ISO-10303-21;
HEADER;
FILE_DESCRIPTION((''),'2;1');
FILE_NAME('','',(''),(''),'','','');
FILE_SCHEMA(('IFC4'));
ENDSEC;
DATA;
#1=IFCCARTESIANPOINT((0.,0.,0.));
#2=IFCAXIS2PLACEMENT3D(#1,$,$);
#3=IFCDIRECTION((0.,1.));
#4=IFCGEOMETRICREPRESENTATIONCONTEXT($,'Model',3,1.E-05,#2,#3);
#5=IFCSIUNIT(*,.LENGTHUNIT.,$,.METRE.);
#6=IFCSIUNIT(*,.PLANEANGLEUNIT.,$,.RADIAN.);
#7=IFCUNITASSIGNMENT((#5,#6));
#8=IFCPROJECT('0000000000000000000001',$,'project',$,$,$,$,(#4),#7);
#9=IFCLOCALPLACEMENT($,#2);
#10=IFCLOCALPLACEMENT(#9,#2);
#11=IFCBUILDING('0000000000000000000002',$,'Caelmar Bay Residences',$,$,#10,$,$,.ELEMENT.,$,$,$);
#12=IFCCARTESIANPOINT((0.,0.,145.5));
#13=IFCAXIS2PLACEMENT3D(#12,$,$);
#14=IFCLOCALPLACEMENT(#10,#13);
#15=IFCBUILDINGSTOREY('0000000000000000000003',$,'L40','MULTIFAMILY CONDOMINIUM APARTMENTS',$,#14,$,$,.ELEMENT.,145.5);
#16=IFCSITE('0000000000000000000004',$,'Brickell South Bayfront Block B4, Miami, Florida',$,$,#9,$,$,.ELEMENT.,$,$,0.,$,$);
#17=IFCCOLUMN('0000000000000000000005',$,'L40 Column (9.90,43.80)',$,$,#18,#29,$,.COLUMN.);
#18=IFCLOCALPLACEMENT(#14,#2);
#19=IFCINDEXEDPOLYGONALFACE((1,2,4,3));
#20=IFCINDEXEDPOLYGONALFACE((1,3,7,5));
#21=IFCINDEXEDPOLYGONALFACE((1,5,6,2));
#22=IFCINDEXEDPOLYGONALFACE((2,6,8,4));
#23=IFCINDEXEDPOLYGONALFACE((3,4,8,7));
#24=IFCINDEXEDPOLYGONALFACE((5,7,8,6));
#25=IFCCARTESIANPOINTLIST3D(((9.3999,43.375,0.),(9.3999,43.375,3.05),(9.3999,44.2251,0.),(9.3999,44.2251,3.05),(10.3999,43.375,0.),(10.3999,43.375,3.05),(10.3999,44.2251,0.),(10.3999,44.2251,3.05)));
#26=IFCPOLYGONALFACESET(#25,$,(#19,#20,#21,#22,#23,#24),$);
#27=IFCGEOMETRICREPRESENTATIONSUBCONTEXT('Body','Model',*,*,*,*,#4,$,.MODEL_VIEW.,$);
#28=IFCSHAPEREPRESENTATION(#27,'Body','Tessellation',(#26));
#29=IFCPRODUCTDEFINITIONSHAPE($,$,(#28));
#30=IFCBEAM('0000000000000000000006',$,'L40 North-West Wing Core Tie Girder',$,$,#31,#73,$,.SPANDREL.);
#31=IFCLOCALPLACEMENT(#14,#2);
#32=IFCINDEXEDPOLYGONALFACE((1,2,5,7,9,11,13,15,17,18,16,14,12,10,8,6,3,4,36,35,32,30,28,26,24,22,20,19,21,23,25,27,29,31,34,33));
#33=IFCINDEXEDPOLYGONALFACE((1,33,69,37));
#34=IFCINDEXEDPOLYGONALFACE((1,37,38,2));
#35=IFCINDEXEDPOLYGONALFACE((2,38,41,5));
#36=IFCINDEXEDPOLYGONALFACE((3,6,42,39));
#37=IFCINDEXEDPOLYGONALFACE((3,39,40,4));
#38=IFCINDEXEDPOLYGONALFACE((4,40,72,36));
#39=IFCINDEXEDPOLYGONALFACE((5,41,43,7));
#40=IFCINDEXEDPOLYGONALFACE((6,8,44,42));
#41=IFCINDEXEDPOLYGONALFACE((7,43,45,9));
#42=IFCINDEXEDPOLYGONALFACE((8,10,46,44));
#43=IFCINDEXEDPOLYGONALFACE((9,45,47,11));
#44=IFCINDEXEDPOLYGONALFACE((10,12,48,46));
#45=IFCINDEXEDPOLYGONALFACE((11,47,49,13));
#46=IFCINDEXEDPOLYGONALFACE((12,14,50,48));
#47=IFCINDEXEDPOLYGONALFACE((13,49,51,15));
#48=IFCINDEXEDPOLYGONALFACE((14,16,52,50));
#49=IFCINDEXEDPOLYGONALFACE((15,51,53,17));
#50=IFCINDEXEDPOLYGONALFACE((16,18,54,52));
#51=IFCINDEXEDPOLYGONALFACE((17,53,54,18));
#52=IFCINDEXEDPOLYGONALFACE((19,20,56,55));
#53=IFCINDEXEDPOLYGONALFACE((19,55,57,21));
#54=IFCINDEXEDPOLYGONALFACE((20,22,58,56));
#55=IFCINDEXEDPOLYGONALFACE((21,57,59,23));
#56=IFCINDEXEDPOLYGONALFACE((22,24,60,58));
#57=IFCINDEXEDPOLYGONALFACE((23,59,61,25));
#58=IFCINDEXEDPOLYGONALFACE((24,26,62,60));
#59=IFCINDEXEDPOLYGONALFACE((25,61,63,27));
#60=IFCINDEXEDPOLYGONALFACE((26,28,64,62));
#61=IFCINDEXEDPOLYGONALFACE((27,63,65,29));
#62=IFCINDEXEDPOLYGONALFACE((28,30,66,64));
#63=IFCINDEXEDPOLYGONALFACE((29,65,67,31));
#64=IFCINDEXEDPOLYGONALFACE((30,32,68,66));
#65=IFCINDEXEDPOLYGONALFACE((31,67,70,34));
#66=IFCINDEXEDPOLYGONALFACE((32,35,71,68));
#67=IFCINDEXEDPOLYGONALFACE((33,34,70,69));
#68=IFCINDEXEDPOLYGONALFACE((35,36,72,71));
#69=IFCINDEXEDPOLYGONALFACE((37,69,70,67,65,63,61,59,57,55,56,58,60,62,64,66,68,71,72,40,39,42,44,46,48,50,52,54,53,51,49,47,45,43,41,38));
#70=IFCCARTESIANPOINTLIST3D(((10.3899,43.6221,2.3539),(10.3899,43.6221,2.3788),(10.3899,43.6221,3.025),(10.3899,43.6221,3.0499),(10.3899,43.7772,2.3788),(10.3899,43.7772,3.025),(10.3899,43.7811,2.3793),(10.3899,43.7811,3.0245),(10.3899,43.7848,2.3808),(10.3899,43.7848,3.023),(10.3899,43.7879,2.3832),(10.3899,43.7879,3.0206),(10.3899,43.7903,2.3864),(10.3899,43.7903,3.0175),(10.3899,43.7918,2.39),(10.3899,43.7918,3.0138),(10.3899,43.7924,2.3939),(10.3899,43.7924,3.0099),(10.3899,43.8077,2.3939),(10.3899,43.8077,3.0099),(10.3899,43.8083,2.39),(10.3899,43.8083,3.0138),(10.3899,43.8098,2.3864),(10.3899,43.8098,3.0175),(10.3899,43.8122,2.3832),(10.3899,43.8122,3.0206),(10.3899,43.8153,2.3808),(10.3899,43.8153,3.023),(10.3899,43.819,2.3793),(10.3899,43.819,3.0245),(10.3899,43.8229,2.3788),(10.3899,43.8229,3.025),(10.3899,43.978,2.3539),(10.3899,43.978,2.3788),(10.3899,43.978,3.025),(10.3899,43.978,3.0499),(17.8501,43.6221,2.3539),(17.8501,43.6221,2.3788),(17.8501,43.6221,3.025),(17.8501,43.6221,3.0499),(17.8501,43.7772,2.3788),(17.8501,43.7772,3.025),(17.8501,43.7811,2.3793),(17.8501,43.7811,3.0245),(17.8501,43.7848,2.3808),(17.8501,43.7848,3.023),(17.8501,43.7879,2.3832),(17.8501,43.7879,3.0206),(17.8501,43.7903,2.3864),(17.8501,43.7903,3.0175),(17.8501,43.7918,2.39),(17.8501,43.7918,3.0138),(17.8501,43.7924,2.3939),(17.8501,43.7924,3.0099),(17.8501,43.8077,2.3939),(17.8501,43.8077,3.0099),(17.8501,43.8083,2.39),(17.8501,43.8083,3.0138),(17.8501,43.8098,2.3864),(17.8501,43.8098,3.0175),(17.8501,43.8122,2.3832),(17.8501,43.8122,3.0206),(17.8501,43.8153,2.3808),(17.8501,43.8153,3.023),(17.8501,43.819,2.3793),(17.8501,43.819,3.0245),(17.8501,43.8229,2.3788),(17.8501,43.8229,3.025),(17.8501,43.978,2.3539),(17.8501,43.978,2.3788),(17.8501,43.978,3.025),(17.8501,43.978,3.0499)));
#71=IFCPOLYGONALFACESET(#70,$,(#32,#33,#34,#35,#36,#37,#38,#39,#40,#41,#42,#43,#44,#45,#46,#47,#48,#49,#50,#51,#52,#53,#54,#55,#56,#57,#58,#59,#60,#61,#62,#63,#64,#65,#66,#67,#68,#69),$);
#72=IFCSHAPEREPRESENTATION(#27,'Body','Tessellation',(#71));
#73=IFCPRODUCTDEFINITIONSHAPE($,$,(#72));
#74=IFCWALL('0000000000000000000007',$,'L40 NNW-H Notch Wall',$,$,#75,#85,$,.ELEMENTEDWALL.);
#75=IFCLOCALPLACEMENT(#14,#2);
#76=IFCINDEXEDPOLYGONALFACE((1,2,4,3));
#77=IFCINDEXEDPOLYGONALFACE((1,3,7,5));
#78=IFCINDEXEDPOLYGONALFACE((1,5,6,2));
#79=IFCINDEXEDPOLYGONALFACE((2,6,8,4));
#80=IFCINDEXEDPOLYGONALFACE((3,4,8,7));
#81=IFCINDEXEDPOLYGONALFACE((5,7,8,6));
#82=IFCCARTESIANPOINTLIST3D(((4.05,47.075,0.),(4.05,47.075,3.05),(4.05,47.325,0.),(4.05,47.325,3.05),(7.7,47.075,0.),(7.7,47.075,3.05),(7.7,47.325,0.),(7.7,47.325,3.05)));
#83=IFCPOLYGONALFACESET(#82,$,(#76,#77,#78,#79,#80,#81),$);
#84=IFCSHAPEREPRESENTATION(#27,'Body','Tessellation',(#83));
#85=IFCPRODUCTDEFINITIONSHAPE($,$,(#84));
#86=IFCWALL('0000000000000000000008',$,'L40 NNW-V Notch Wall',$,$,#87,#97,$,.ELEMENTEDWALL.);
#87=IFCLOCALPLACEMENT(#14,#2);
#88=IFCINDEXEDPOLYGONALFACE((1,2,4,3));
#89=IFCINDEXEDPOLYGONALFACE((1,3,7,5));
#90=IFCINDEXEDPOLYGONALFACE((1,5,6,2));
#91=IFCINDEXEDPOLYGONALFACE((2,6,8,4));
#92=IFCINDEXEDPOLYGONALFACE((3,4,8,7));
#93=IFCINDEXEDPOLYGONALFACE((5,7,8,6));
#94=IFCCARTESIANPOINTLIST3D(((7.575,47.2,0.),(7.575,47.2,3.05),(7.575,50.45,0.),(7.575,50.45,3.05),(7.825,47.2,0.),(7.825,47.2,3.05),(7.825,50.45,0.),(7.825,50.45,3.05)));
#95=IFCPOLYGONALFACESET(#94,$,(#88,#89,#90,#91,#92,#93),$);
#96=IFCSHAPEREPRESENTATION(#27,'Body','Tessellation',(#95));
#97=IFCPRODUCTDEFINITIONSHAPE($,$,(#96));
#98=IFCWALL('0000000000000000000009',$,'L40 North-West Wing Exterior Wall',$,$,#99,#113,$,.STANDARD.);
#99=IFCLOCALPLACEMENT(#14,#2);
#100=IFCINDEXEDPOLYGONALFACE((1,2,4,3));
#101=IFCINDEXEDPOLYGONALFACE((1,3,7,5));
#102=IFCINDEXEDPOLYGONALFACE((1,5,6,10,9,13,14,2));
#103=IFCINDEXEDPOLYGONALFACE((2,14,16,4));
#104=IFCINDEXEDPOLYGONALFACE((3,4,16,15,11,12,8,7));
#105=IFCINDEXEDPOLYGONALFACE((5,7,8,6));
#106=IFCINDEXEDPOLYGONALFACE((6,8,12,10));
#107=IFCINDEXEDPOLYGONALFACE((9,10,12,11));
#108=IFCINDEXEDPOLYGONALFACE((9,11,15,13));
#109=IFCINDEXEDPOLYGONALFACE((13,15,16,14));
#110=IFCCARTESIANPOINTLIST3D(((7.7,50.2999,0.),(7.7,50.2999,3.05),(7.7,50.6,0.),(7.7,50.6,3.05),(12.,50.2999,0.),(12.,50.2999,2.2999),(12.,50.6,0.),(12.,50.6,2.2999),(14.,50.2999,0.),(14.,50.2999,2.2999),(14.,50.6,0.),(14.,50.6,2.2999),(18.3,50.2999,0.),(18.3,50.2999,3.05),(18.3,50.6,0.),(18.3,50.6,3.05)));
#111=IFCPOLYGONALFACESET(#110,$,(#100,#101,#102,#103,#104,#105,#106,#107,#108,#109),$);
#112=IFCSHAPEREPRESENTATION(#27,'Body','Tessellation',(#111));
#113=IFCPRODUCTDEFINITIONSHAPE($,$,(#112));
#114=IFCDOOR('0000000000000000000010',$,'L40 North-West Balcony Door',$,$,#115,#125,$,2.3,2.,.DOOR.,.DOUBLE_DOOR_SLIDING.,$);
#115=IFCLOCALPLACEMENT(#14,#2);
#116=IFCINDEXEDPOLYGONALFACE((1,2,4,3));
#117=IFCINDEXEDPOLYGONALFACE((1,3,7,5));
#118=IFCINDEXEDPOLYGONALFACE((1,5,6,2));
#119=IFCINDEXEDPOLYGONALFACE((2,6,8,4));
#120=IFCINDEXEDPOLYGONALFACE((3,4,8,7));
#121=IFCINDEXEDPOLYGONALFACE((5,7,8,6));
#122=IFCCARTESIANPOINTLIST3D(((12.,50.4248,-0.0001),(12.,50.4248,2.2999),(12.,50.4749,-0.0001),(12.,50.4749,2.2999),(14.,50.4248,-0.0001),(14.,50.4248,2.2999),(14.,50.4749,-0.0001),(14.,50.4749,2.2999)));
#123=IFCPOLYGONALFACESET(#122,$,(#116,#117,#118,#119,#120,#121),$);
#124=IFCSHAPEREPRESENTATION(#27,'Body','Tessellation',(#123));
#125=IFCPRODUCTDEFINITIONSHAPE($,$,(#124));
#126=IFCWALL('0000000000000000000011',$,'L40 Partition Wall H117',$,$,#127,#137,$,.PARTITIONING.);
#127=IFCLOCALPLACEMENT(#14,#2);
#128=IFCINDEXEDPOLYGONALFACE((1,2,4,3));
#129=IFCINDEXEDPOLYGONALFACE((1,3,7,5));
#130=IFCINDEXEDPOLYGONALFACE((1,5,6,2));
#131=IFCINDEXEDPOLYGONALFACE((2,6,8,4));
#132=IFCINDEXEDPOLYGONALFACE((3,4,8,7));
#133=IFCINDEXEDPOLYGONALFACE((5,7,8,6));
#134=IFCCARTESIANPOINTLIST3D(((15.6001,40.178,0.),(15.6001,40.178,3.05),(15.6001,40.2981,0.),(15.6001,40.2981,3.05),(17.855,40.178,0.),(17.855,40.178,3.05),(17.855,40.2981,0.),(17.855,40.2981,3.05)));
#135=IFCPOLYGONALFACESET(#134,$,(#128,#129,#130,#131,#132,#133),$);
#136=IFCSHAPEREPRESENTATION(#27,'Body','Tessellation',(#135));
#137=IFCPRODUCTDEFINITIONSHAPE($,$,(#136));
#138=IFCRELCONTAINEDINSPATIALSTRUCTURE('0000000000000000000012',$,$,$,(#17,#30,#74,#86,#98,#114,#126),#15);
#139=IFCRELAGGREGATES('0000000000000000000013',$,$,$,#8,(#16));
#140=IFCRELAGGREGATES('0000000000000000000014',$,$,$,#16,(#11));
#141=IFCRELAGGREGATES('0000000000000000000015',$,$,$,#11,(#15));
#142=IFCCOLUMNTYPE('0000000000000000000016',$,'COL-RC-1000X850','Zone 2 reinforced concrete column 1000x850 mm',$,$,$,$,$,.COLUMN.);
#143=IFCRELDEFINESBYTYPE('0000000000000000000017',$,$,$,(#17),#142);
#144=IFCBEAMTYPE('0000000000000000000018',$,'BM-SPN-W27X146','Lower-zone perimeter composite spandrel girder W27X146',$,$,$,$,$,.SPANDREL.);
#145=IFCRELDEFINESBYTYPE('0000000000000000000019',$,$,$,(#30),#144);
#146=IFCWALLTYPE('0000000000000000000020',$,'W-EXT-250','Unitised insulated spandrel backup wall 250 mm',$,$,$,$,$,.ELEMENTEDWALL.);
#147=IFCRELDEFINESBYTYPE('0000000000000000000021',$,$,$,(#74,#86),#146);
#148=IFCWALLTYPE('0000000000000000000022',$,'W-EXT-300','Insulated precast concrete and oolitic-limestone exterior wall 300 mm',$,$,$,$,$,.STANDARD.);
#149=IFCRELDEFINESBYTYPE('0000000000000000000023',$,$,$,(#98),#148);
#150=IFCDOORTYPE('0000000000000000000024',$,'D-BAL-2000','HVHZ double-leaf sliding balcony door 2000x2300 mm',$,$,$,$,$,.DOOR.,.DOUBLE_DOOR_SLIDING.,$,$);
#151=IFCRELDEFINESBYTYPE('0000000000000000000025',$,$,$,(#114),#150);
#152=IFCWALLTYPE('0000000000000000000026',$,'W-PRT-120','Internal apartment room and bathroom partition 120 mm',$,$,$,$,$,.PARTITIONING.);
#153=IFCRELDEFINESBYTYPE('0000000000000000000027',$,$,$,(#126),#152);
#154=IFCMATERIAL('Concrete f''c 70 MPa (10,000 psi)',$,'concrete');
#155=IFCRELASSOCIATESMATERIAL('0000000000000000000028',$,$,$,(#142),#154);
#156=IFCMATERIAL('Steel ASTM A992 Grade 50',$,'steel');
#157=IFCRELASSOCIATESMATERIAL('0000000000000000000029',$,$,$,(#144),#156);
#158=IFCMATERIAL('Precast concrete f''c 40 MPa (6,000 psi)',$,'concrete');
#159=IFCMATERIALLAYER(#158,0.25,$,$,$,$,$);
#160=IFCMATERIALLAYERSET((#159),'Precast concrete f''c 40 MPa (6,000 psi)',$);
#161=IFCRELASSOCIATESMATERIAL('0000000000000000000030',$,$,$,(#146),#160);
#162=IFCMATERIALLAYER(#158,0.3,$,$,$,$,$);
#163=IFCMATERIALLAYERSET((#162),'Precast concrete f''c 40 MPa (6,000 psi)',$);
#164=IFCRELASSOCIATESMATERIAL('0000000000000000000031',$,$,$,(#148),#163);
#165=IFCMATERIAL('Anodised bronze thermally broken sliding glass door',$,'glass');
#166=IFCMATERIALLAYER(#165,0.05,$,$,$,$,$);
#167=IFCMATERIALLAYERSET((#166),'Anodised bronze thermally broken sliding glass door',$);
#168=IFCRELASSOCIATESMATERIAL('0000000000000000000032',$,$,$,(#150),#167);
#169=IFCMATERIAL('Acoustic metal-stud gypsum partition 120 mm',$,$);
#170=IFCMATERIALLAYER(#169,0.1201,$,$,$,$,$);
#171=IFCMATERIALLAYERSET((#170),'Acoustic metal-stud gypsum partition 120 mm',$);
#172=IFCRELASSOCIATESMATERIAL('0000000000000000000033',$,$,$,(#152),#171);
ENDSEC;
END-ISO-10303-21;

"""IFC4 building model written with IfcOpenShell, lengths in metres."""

from ifc_helpers import new_model, si_unit, direction, frame, frame_2d, origin, origin_2d, place, context, subcontext, project, spatial, rectangle, i_section, extrude, material, layer, layer_set, material_profile, profile_set, type_object, element, fill, save


model = new_model("IFC4")

# Units and contexts
model_context = context("Model", 3, precision=1e-05, world=origin(), true_north=direction((0.0, 1.0)))
body_context = subcontext(model_context, "Body", "Model", "MODEL_VIEW")
ifc_project = project(units=[si_unit("LENGTHUNIT", "METRE"), si_unit("PLANEANGLEUNIT", "RADIAN")], contexts=[model_context])

# Site, building, storey
site_placement = place(None, origin())
site = spatial("IfcSite", under=ifc_project, at=site_placement, Name="Brickell South Bayfront Block B4, Miami, Florida", CompositionType="ELEMENT", RefElevation=0.0)
building_placement = place(site_placement, origin())
building = spatial("IfcBuilding", under=site, at=building_placement, Name="Caelmar Bay Residences", CompositionType="ELEMENT")
storey_placement = place(building_placement, frame((0.0, 0.0, 145.5)))
storey = spatial("IfcBuildingStorey", under=building, at=storey_placement, Name="L40", Description="MULTIFAMILY CONDOMINIUM APARTMENTS", CompositionType="ELEMENT", Elevation=145.5)

# Column
ifc_material_1 = material(Name="Concrete f'c 70 MPa (10,000 psi)", Category="concrete")
ifc_material_profile_1 = material_profile(ifc_material_1, rectangle(XDim=1.0, YDim=0.8501, at=origin_2d()), Name="RC-COL-1000X850")
ifc_profile_set_1 = profile_set([ifc_material_profile_1], Name="Concrete f'c 70 MPa (10,000 psi)")
column_type = type_object("IfcColumnType", Name="COL-RC-1000X850", Description="Zone 2 reinforced concrete column 1000x850 mm", PredefinedType="COLUMN", material=ifc_profile_set_1)
column_placement = place(storey_placement, frame((9.8999, 43.8, 0.0), z_axis=(0.0, 0.0, 1.0), x_axis=(1.0, 0.0, 0.0)))
element("IfcColumn", 1, at=column_placement, inside=storey, type_object=column_type, Name="L40 Column (9.90,43.80)", PredefinedType="COLUMN", context=body_context, shape_type="SweptSolid", body=[
    extrude(rectangle(XDim=1.0, YDim=0.8501, at=origin_2d()), origin(), (0.0, 0.0, 1.0), 3.05),
])

# Beam
ifc_material_2 = material(Name="Steel ASTM A992 Grade 50", Category="steel")
ifc_material_profile_2 = material_profile(ifc_material_2, i_section(OverallWidth=0.356, OverallDepth=0.696, WebThickness=0.0154, FlangeThickness=0.0249, FilletRadius=0.0151, at=origin_2d()), Name="W27X146")
ifc_profile_set_2 = profile_set([ifc_material_profile_2], Name="Steel ASTM A992 Grade 50")
beam_type = type_object("IfcBeamType", Name="BM-SPN-W27X146", Description="Lower-zone perimeter composite spandrel girder W27X146", PredefinedType="SPANDREL", material=ifc_profile_set_2)
beam_placement = place(storey_placement, frame((10.3899, 43.8, 2.7019), z_axis=(1.0, 0.0, 0.0), x_axis=(0.0, 1.0, 0.0)))
element("IfcBeam", 2, at=beam_placement, inside=storey, type_object=beam_type, Name="L40 North-West Wing Core Tie Girder", PredefinedType="SPANDREL", context=body_context, shape_type="SweptSolid", body=[
    extrude(i_section(OverallWidth=0.356, OverallDepth=0.696, WebThickness=0.0154, FlangeThickness=0.0249, FilletRadius=0.0151, at=origin_2d()), origin(), (0.0, 0.0, 1.0), 7.4602),
])

# Walls
ifc_material_3 = material(Name="Precast concrete f'c 40 MPa (6,000 psi)", Category="concrete")
ifc_layer_1 = layer(ifc_material_3, 0.25)
ifc_layer_set_1 = layer_set([ifc_layer_1], Name="Precast concrete f'c 40 MPa (6,000 psi)")
wall_type_1 = type_object("IfcWallType", Name="W-EXT-250", Description="Unitised insulated spandrel backup wall 250 mm", PredefinedType="ELEMENTEDWALL", material=ifc_layer_set_1)
wall_1_placement = place(storey_placement, frame((4.05, 47.2, 0.0), z_axis=(0.0, 0.0, 1.0), x_axis=(1.0, 0.0, 0.0)))
element("IfcWall", 3, at=wall_1_placement, inside=storey, type_object=wall_type_1, Name="L40 NNW-H Notch Wall", PredefinedType="ELEMENTEDWALL", context=body_context, shape_type="SweptSolid", body=[
    extrude(rectangle(XDim=3.6499, YDim=0.25, at=frame_2d((1.825, 0.0))), origin(), (0.0, 0.0, 1.0), 3.05),
])
wall_2_placement = place(storey_placement, frame((7.7, 47.2, 0.0), z_axis=(0.0, 0.0, 1.0), x_axis=(0.0, 1.0, 0.0)))
element("IfcWall", 4, at=wall_2_placement, inside=storey, type_object=wall_type_1, Name="L40 NNW-V Notch Wall", PredefinedType="ELEMENTEDWALL", context=body_context, shape_type="SweptSolid", body=[
    extrude(rectangle(XDim=3.25, YDim=0.25, at=frame_2d((1.625, 0.0))), origin(), (0.0, 0.0, 1.0), 3.05),
])

# Wall, opening, door
ifc_layer_2 = layer(ifc_material_3, 0.3)
ifc_layer_set_2 = layer_set([ifc_layer_2], Name="Precast concrete f'c 40 MPa (6,000 psi)")
wall_type_2 = type_object("IfcWallType", Name="W-EXT-300", Description="Insulated precast concrete and oolitic-limestone exterior wall 300 mm", PredefinedType="STANDARD", material=ifc_layer_set_2)
wall_3_placement = place(storey_placement, frame((7.7, 50.45, 0.0), z_axis=(0.0, 0.0, 1.0), x_axis=(1.0, 0.0, 0.0)))
wall_3 = element("IfcWall", 5, at=wall_3_placement, inside=storey, type_object=wall_type_2, Name="L40 North-West Wing Exterior Wall", PredefinedType="STANDARD", context=body_context, shape_type="SweptSolid", body=[
    extrude(rectangle(XDim=10.6001, YDim=0.3, at=frame_2d((5.3, 0.0))), origin(), (0.0, 0.0, 1.0), 3.05),
])
opening_1_placement = place(wall_3_placement, frame((4.3, 0.0, 0.0)))
opening_1 = element("IfcOpeningElement", 6, at=opening_1_placement, cuts=wall_3, PredefinedType="OPENING", context=body_context, shape_type="SweptSolid", body=[
    extrude(rectangle(XDim=2.0, YDim=2.3, at=frame_2d((1.0, 1.1499))), frame((0.0, 0.1599, 0.0), z_axis=(0.0, -1.0, 0.0), x_axis=(1.0, 0.0, 0.0)), (0.0, 0.0, 1.0), 0.3201),
])
ifc_material_4 = material(Name="Anodised bronze thermally broken sliding glass door", Category="glass")
ifc_layer_3 = layer(ifc_material_4, 0.05)
ifc_layer_set_3 = layer_set([ifc_layer_3], Name="Anodised bronze thermally broken sliding glass door")
door_type_1 = type_object("IfcDoorType", Name="D-BAL-2000", Description="HVHZ double-leaf sliding balcony door 2000x2300 mm", OperationType="DOUBLE_DOOR_SLIDING", PredefinedType="DOOR", material=ifc_layer_set_3)
door_1_placement = place(opening_1_placement, origin())
door_1 = element("IfcDoor", 7, at=door_1_placement, inside=storey, type_object=door_type_1, Name="L40 North-West Balcony Door", OperationType="DOUBLE_DOOR_SLIDING", OverallHeight=2.3, OverallWidth=2.0, PredefinedType="DOOR", context=body_context, shape_type="SweptSolid", body=[
    extrude(rectangle(XDim=2.0, YDim=2.3, at=frame_2d((1.0, 1.1499))), frame((0.0, 0.0249, 0.0), z_axis=(0.0, -1.0, 0.0), x_axis=(1.0, 0.0, 0.0)), (0.0, 0.0, 1.0), 0.05),
])
fill(opening_1, door_1)
ifc_material_5 = material(Name="Acoustic metal-stud gypsum partition 120 mm")
ifc_layer_4 = layer(ifc_material_5, 0.1201)
ifc_layer_set_4 = layer_set([ifc_layer_4], Name="Acoustic metal-stud gypsum partition 120 mm")
wall_type_3 = type_object("IfcWallType", Name="W-PRT-120", Description="Internal apartment room and bathroom partition 120 mm", PredefinedType="PARTITIONING", material=ifc_layer_set_4)

# Wall
wall_4_placement = place(storey_placement, frame((15.6001, 40.238, 0.0), z_axis=(0.0, 0.0, 1.0), x_axis=(1.0, 0.0, 0.0)))
element("IfcWall", 8, at=wall_4_placement, inside=storey, type_object=wall_type_3, Name="L40 Partition Wall H117", PredefinedType="PARTITIONING", context=body_context, shape_type="SweptSolid", body=[
    extrude(rectangle(XDim=2.2549, YDim=0.1201, at=frame_2d((1.1274, 0.0))), origin(), (0.0, 0.0, 1.0), 3.05),
])

save(model, "model.ifc")
